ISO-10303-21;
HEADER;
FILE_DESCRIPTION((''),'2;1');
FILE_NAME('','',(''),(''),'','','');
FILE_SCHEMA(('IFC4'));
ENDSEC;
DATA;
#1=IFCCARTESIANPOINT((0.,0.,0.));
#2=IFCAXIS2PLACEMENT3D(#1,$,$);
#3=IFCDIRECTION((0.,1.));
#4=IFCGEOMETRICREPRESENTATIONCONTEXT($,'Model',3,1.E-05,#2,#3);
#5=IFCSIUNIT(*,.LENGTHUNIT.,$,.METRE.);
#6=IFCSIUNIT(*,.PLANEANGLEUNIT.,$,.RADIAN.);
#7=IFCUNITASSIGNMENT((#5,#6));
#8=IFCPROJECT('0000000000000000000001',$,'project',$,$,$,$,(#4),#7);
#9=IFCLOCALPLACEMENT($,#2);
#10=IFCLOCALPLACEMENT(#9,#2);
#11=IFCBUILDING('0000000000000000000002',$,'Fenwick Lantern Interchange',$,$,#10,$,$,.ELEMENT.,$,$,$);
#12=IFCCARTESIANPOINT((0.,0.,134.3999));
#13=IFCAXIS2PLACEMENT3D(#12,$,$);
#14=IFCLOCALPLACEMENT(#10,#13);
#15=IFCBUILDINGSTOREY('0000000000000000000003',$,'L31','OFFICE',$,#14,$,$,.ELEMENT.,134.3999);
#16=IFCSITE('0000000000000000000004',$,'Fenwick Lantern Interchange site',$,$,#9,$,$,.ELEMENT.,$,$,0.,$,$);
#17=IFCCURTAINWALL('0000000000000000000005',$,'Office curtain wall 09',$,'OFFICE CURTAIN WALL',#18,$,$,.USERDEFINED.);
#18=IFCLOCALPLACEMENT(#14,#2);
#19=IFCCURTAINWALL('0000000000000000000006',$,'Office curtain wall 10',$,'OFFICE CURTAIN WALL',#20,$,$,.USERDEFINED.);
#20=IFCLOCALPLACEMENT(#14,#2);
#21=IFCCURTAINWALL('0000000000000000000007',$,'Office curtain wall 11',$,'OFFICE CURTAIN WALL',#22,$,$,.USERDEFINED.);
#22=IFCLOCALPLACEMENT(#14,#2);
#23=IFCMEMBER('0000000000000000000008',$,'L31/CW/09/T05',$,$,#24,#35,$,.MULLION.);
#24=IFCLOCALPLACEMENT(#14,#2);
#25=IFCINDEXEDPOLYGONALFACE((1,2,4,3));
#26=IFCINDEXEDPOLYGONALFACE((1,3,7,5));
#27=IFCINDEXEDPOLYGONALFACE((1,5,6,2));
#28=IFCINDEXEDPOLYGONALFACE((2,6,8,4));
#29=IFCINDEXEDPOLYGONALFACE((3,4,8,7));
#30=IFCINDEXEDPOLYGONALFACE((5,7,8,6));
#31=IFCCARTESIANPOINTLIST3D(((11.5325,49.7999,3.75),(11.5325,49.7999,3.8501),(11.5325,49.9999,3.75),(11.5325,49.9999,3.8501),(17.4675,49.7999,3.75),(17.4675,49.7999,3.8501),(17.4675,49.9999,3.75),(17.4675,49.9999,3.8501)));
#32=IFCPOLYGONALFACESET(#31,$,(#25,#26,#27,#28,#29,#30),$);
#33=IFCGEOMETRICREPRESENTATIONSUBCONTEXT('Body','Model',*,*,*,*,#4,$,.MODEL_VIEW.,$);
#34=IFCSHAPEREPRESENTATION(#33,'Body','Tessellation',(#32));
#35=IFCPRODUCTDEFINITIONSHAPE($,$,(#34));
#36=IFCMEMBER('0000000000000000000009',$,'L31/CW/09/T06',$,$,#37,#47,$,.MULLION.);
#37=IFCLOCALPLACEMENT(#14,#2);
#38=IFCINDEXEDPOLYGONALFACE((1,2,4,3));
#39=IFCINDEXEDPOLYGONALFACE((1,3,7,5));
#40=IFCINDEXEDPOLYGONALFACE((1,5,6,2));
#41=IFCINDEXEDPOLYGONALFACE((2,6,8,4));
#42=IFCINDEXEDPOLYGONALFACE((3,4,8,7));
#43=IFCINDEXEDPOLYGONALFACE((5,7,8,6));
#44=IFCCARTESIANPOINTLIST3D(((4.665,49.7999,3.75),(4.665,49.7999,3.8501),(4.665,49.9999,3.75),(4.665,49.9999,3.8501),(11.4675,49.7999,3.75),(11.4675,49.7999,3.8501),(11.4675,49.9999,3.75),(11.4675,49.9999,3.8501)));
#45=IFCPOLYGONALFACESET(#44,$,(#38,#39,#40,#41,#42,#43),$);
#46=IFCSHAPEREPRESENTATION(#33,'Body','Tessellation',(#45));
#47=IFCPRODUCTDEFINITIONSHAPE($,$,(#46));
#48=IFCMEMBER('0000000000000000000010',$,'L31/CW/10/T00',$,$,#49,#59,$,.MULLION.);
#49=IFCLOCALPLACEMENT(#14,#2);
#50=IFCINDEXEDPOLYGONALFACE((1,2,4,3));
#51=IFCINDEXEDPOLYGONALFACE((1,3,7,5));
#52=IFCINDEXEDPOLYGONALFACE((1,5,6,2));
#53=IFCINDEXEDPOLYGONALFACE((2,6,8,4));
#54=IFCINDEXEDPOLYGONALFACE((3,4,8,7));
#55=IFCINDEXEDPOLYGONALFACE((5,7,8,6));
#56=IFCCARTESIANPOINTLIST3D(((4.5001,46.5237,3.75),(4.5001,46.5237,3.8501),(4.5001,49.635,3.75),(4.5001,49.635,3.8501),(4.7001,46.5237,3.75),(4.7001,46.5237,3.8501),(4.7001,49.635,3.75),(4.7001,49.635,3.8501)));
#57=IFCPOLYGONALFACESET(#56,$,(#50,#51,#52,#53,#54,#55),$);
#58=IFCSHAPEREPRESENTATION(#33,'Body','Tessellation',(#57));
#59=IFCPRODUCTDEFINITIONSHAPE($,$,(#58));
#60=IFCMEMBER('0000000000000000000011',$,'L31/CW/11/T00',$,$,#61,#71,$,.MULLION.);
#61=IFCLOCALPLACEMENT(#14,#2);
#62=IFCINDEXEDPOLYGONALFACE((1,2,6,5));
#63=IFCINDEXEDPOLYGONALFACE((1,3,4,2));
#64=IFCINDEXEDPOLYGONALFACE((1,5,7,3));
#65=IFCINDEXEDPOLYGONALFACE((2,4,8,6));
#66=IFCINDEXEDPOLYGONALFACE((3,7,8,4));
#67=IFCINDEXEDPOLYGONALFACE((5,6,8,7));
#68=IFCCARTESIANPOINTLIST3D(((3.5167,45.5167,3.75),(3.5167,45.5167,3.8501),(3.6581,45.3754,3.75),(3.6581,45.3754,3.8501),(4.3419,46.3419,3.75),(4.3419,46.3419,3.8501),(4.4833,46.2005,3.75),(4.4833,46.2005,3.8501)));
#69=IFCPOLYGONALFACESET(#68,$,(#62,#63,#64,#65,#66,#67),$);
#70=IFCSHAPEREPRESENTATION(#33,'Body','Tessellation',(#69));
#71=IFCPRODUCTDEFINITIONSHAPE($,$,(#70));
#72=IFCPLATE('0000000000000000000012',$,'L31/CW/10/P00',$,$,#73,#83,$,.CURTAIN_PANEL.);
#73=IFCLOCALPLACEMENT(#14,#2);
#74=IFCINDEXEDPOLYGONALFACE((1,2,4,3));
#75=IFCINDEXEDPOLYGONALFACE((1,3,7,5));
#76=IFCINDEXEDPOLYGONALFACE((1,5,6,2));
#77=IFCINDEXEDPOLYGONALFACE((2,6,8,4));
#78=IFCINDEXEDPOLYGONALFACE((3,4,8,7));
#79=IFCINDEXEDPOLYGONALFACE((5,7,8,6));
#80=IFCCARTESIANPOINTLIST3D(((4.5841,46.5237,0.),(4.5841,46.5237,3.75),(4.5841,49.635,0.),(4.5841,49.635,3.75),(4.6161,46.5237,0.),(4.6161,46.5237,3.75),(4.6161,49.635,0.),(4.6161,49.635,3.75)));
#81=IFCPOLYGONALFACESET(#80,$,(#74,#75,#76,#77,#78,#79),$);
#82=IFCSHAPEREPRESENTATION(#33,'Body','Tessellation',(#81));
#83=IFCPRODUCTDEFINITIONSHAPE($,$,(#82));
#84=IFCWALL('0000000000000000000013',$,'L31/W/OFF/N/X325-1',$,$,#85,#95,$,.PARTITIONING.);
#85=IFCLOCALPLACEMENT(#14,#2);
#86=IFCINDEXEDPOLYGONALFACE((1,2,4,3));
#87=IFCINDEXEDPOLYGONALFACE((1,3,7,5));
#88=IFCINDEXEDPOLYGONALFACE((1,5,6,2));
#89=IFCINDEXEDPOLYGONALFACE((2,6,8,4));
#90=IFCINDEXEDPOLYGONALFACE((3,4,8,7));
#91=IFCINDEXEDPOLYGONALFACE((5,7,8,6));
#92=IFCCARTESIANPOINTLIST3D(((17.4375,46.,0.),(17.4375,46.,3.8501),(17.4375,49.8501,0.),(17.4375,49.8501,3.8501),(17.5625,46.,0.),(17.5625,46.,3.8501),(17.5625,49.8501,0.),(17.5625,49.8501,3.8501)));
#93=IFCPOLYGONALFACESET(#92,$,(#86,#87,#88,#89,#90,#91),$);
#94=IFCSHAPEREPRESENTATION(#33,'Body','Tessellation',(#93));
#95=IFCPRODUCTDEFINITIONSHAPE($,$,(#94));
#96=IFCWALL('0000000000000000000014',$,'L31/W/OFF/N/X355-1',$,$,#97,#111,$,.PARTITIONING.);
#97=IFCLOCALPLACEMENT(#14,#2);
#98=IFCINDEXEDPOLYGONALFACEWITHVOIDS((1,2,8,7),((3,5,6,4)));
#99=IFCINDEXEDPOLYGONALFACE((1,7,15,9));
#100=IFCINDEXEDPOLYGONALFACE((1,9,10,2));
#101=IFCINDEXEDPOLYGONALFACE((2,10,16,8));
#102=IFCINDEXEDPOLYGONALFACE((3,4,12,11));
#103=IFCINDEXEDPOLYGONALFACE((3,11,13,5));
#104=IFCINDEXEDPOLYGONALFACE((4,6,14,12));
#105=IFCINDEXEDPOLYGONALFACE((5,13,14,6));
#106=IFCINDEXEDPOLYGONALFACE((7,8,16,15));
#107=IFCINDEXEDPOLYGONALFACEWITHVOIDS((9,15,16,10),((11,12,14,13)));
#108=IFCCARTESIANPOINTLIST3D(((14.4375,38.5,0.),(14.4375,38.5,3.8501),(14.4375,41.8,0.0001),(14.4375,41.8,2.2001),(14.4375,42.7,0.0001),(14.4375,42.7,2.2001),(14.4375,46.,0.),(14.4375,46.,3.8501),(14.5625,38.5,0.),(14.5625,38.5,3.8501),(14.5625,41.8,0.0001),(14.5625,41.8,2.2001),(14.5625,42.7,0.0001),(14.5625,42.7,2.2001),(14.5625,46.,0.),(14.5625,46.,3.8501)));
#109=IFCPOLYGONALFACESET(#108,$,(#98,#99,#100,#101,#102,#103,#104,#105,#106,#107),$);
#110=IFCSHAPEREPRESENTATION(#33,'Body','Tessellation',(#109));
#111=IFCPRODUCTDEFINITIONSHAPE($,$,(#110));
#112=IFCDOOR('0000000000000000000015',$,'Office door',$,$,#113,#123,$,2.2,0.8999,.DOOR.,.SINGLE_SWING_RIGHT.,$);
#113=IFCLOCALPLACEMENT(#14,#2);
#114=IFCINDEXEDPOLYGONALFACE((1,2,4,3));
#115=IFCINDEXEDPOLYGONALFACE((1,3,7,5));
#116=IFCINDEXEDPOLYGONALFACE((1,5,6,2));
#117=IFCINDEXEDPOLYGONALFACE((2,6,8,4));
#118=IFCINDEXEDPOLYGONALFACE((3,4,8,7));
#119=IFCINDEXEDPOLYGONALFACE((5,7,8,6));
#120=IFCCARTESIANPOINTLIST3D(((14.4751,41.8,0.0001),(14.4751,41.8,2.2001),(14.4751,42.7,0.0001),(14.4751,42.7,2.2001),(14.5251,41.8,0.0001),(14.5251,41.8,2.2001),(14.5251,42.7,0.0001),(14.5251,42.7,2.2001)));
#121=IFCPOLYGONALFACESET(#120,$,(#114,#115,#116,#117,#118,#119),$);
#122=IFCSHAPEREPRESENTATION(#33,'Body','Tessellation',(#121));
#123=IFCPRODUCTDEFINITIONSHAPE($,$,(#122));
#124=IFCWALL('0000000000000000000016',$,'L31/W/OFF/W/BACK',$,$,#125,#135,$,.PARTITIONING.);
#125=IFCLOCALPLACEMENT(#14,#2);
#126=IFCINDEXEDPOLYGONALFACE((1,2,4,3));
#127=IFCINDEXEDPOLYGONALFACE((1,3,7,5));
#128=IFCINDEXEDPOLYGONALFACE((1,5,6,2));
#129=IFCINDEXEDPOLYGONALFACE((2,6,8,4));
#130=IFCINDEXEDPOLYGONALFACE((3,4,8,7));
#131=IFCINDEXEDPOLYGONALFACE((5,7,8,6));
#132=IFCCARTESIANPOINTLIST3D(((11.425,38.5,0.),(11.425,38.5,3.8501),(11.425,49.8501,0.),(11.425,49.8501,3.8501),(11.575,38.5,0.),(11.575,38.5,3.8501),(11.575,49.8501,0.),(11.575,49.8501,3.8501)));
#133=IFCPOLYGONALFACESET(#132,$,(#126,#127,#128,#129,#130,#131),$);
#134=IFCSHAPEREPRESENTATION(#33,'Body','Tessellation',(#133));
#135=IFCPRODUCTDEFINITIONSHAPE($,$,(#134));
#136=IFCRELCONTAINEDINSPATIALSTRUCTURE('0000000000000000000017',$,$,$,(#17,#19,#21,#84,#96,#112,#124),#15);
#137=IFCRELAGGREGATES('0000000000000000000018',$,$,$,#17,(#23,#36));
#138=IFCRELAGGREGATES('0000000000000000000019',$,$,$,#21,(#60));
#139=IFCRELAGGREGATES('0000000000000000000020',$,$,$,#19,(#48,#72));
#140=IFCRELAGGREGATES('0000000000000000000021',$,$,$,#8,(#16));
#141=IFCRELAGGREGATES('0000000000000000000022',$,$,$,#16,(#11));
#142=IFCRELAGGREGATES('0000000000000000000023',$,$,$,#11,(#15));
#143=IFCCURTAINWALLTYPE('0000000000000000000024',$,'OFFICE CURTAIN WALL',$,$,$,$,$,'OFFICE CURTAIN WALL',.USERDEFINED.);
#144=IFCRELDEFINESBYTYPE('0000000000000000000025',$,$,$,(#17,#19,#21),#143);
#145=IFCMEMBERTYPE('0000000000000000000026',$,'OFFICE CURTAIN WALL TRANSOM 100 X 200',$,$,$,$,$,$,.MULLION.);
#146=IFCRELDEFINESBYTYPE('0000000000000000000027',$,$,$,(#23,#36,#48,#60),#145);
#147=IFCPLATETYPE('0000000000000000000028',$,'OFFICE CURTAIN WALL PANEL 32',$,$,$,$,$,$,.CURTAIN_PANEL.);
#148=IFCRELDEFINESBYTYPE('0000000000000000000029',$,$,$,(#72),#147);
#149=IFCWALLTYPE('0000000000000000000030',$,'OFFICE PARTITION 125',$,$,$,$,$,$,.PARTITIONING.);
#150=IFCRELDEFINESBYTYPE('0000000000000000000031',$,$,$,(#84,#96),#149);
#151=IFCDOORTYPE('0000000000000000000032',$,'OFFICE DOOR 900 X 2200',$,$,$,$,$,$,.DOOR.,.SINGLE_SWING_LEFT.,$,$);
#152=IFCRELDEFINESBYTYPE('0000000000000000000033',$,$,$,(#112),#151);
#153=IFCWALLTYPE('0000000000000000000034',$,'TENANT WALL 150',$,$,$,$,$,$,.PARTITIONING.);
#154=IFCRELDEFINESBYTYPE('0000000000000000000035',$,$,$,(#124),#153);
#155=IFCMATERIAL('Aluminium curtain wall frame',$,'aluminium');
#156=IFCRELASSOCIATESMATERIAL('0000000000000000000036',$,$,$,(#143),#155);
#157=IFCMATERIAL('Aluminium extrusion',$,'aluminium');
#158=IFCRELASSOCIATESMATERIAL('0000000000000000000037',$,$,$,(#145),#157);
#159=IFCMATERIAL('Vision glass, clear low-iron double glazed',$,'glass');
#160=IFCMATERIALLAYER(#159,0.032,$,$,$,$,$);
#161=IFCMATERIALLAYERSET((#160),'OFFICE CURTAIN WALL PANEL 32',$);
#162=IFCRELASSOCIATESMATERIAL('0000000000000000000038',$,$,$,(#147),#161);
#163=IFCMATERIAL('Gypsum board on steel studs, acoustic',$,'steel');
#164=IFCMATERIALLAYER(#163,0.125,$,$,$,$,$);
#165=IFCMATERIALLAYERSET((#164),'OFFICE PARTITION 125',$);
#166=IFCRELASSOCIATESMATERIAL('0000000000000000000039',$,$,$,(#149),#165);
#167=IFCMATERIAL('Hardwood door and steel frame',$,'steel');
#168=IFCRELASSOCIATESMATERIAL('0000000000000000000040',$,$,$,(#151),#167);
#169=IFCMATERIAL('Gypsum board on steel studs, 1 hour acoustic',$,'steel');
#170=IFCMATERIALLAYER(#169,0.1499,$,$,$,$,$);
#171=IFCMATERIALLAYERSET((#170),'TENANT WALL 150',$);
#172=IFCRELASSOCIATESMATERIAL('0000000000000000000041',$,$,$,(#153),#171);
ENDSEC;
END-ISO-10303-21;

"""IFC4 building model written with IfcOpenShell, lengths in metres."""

from ifc_helpers import new_model, si_unit, direction, frame, frame_2d, origin, origin_2d, place, context, subcontext, project, spatial, rectangle, extrude, material, layer, layer_set, material_profile, profile_set, type_object, element, fill, aggregate, save


model = new_model("IFC4")

# Units and contexts
model_context = context("Model", 3, precision=1e-05, world=origin(), true_north=direction((0.0, 1.0)))
body_context = subcontext(model_context, "Body", "Model", "MODEL_VIEW")
ifc_project = project(units=[si_unit("LENGTHUNIT", "METRE"), si_unit("PLANEANGLEUNIT", "RADIAN")], contexts=[model_context])

# Site, building, storey
site_placement = place(None, origin())
site = spatial("IfcSite", under=ifc_project, at=site_placement, Name="Fenwick Lantern Interchange site", CompositionType="ELEMENT", RefElevation=0.0)
building_placement = place(site_placement, origin())
building = spatial("IfcBuilding", under=site, at=building_placement, Name="Fenwick Lantern Interchange", CompositionType="ELEMENT")
storey_placement = place(building_placement, frame((0.0, 0.0, 134.3999)))
storey = spatial("IfcBuildingStorey", under=building, at=storey_placement, Name="L31", Description="OFFICE", CompositionType="ELEMENT", Elevation=134.3999)

# Curtain walls
ifc_material_1 = material(Name="Aluminium curtain wall frame", Category="aluminium")
curtain_wall_type = type_object("IfcCurtainWallType", Name="OFFICE CURTAIN WALL", ElementType="OFFICE CURTAIN WALL", PredefinedType="USERDEFINED", material=ifc_material_1)
curtain_wall_1_placement = place(storey_placement, origin())
curtain_wall_1 = element("IfcCurtainWall", 1, at=curtain_wall_1_placement, inside=storey, type_object=curtain_wall_type, Name="Office curtain wall 09", ObjectType="OFFICE CURTAIN WALL", PredefinedType="USERDEFINED")
ifc_material_2 = material(Name="Aluminium extrusion", Category="aluminium")
curtain_wall_2_placement = place(storey_placement, origin())
curtain_wall_2 = element("IfcCurtainWall", 2, at=curtain_wall_2_placement, inside=storey, type_object=curtain_wall_type, Name="Office curtain wall 10", ObjectType="OFFICE CURTAIN WALL", PredefinedType="USERDEFINED")

# Curtain wall
curtain_wall_3_placement = place(storey_placement, origin())
curtain_wall_3 = element("IfcCurtainWall", 3, at=curtain_wall_3_placement, inside=storey, type_object=curtain_wall_type, Name="Office curtain wall 11", ObjectType="OFFICE CURTAIN WALL", PredefinedType="USERDEFINED")

# Members
ifc_material_profile_1 = material_profile(ifc_material_2, rectangle(XDim=0.2, YDim=0.1001, at=origin_2d()), Name="OFFICE CURTAIN WALL TRANSOM 100 X 200")
ifc_profile_set_1 = profile_set([ifc_material_profile_1], Name="Aluminium extrusion")
member_type_1 = type_object("IfcMemberType", Name="OFFICE CURTAIN WALL TRANSOM 100 X 200", PredefinedType="MULLION", material=ifc_profile_set_1)
member_1_placement = place(storey_placement, frame((17.4675, 49.8999, 3.8), z_axis=(-1.0, 0.0, 0.0), x_axis=(0.0, -1.0, 0.0)))
member_1 = element("IfcMember", 4, at=member_1_placement, type_object=member_type_1, Name="L31/CW/09/T05", PredefinedType="MULLION", context=body_context, shape_type="SweptSolid", body=[
    extrude(rectangle(XDim=0.2, YDim=0.1001, at=origin_2d()), origin(), (0.0, 0.0, 1.0), 5.9351),
])
member_2_placement = place(storey_placement, frame((11.4675, 49.8999, 3.8), z_axis=(-1.0, 0.0, 0.0), x_axis=(0.0, -1.0, 0.0)))
member_2 = element("IfcMember", 5, at=member_2_placement, type_object=member_type_1, Name="L31/CW/09/T06", PredefinedType="MULLION", context=body_context, shape_type="SweptSolid", body=[
    extrude(rectangle(XDim=0.2, YDim=0.1001, at=origin_2d()), origin(), (0.0, 0.0, 1.0), 6.8025),
])
aggregate(curtain_wall_1, [member_1, member_2])
member_3_placement = place(storey_placement, frame((4.6001, 49.635, 3.8), z_axis=(0.0, -1.0, 0.0), x_axis=(1.0, 0.0, 0.0)))
member_3 = element("IfcMember", 6, at=member_3_placement, type_object=member_type_1, Name="L31/CW/10/T00", PredefinedType="MULLION", context=body_context, shape_type="SweptSolid", body=[
    extrude(rectangle(XDim=0.2, YDim=0.1001, at=origin_2d()), origin(), (0.0, 0.0, 1.0), 3.1113),
])
member_4_placement = place(storey_placement, frame((4.4126, 46.2712, 3.8), z_axis=(-0.707107, -0.707107, 0.0), x_axis=(0.707107, -0.707107, 0.0)))
member_4 = element("IfcMember", 7, at=member_4_placement, type_object=member_type_1, Name="L31/CW/11/T00", PredefinedType="MULLION", context=body_context, shape_type="SweptSolid", body=[
    extrude(rectangle(XDim=0.2, YDim=0.1001, at=origin_2d()), origin(), (0.0, 0.0, 1.0), 1.167),
])
aggregate(curtain_wall_3, [member_4])

# Plate
ifc_material_3 = material(Name="Vision glass, clear low-iron double glazed", Category="glass")
ifc_layer_1 = layer(ifc_material_3, 0.032)
ifc_layer_set_1 = layer_set([ifc_layer_1], Name="OFFICE CURTAIN WALL PANEL 32")
plate_type = type_object("IfcPlateType", Name="OFFICE CURTAIN WALL PANEL 32", PredefinedType="CURTAIN_PANEL", material=ifc_layer_set_1)
plate_placement = place(storey_placement, frame((4.6001, 48.0793, 0.0), z_axis=(0.0, 0.0, 1.0), x_axis=(0.0, -1.0, 0.0)))
plate = element("IfcPlate", 8, at=plate_placement, type_object=plate_type, Name="L31/CW/10/P00", PredefinedType="CURTAIN_PANEL", context=body_context, shape_type="SweptSolid", body=[
    extrude(rectangle(XDim=3.1113, YDim=0.032, at=origin_2d()), origin(), (0.0, 0.0, 1.0), 3.75),
])
aggregate(curtain_wall_2, [member_3, plate])

# Wall
ifc_material_4 = material(Name="Gypsum board on steel studs, acoustic", Category="steel")
ifc_layer_2 = layer(ifc_material_4, 0.125)
ifc_layer_set_2 = layer_set([ifc_layer_2], Name="OFFICE PARTITION 125")
wall_type_1 = type_object("IfcWallType", Name="OFFICE PARTITION 125", PredefinedType="PARTITIONING", material=ifc_layer_set_2)
wall_1_placement = place(storey_placement, frame((17.5, 49.8501, 0.0), z_axis=(0.0, 0.0, 1.0), x_axis=(0.0, -1.0, 0.0)))
element("IfcWall", 9, at=wall_1_placement, inside=storey, type_object=wall_type_1, Name="L31/W/OFF/N/X325-1", PredefinedType="PARTITIONING", context=body_context, shape_type="SweptSolid", body=[
    extrude(rectangle(XDim=3.8501, YDim=0.125, at=frame_2d((1.925, 0.0))), origin(), (0.0, 0.0, 1.0), 3.8501),
])

# Wall, opening, door
wall_2_placement = place(storey_placement, frame((14.5, 46.0, 0.0), z_axis=(0.0, 0.0, 1.0), x_axis=(0.0, -1.0, 0.0)))
wall_2 = element("IfcWall", 10, at=wall_2_placement, inside=storey, type_object=wall_type_1, Name="L31/W/OFF/N/X355-1", PredefinedType="PARTITIONING", context=body_context, shape_type="SweptSolid", body=[
    extrude(rectangle(XDim=7.5, YDim=0.125, at=frame_2d((3.75, 0.0))), origin(), (0.0, 0.0, 1.0), 3.8501),
])
opening_placement = place(wall_2_placement, frame((3.3, 0.0, 0.0)))
opening = element("IfcOpeningElement", 11, at=opening_placement, cuts=wall_2, PredefinedType="OPENING", context=body_context, shape_type="SweptSolid", body=[
    extrude(rectangle(XDim=0.8999, YDim=2.2, at=frame_2d((0.45, 1.1001))), frame((0.0, 0.0725, 0.0), z_axis=(0.0, -1.0, 0.0), x_axis=(1.0, 0.0, 0.0)), (0.0, 0.0, 1.0), 0.145),
])
ifc_material_5 = material(Name="Hardwood door and steel frame", Category="steel")
door_type = type_object("IfcDoorType", Name="OFFICE DOOR 900 X 2200", OperationType="SINGLE_SWING_LEFT", PredefinedType="DOOR", material=ifc_material_5)
door_placement = place(opening_placement, frame((0.8999, 0.0, 0.0), z_axis=(0.0, 0.0, 1.0), x_axis=(-1.0, 0.0, 0.0)))
door = element("IfcDoor", 12, at=door_placement, inside=storey, type_object=door_type, Name="Office door", OperationType="SINGLE_SWING_RIGHT", OverallHeight=2.2, OverallWidth=0.8999, PredefinedType="DOOR", context=body_context, shape_type="SweptSolid", body=[
    extrude(rectangle(XDim=0.8999, YDim=2.2, at=frame_2d((0.45, 1.1001))), frame((0.0, 0.0249, 0.0), z_axis=(0.0, -1.0, 0.0), x_axis=(1.0, 0.0, 0.0)), (0.0, 0.0, 1.0), 0.05),
])
fill(opening, door)

# Wall
ifc_material_6 = material(Name="Gypsum board on steel studs, 1 hour acoustic", Category="steel")
ifc_layer_3 = layer(ifc_material_6, 0.1499)
ifc_layer_set_3 = layer_set([ifc_layer_3], Name="TENANT WALL 150")
wall_type_2 = type_object("IfcWallType", Name="TENANT WALL 150", PredefinedType="PARTITIONING", material=ifc_layer_set_3)
wall_3_placement = place(storey_placement, frame((11.5, 49.8501, 0.0), z_axis=(0.0, 0.0, 1.0), x_axis=(0.0, -1.0, 0.0)))
element("IfcWall", 13, at=wall_3_placement, inside=storey, type_object=wall_type_2, Name="L31/W/OFF/W/BACK", PredefinedType="PARTITIONING", context=body_context, shape_type="SweptSolid", body=[
    extrude(rectangle(XDim=11.3501, YDim=0.1499, at=frame_2d((5.675, 0.0))), origin(), (0.0, 0.0, 1.0), 3.8501),
])

save(model, "model.ifc")
